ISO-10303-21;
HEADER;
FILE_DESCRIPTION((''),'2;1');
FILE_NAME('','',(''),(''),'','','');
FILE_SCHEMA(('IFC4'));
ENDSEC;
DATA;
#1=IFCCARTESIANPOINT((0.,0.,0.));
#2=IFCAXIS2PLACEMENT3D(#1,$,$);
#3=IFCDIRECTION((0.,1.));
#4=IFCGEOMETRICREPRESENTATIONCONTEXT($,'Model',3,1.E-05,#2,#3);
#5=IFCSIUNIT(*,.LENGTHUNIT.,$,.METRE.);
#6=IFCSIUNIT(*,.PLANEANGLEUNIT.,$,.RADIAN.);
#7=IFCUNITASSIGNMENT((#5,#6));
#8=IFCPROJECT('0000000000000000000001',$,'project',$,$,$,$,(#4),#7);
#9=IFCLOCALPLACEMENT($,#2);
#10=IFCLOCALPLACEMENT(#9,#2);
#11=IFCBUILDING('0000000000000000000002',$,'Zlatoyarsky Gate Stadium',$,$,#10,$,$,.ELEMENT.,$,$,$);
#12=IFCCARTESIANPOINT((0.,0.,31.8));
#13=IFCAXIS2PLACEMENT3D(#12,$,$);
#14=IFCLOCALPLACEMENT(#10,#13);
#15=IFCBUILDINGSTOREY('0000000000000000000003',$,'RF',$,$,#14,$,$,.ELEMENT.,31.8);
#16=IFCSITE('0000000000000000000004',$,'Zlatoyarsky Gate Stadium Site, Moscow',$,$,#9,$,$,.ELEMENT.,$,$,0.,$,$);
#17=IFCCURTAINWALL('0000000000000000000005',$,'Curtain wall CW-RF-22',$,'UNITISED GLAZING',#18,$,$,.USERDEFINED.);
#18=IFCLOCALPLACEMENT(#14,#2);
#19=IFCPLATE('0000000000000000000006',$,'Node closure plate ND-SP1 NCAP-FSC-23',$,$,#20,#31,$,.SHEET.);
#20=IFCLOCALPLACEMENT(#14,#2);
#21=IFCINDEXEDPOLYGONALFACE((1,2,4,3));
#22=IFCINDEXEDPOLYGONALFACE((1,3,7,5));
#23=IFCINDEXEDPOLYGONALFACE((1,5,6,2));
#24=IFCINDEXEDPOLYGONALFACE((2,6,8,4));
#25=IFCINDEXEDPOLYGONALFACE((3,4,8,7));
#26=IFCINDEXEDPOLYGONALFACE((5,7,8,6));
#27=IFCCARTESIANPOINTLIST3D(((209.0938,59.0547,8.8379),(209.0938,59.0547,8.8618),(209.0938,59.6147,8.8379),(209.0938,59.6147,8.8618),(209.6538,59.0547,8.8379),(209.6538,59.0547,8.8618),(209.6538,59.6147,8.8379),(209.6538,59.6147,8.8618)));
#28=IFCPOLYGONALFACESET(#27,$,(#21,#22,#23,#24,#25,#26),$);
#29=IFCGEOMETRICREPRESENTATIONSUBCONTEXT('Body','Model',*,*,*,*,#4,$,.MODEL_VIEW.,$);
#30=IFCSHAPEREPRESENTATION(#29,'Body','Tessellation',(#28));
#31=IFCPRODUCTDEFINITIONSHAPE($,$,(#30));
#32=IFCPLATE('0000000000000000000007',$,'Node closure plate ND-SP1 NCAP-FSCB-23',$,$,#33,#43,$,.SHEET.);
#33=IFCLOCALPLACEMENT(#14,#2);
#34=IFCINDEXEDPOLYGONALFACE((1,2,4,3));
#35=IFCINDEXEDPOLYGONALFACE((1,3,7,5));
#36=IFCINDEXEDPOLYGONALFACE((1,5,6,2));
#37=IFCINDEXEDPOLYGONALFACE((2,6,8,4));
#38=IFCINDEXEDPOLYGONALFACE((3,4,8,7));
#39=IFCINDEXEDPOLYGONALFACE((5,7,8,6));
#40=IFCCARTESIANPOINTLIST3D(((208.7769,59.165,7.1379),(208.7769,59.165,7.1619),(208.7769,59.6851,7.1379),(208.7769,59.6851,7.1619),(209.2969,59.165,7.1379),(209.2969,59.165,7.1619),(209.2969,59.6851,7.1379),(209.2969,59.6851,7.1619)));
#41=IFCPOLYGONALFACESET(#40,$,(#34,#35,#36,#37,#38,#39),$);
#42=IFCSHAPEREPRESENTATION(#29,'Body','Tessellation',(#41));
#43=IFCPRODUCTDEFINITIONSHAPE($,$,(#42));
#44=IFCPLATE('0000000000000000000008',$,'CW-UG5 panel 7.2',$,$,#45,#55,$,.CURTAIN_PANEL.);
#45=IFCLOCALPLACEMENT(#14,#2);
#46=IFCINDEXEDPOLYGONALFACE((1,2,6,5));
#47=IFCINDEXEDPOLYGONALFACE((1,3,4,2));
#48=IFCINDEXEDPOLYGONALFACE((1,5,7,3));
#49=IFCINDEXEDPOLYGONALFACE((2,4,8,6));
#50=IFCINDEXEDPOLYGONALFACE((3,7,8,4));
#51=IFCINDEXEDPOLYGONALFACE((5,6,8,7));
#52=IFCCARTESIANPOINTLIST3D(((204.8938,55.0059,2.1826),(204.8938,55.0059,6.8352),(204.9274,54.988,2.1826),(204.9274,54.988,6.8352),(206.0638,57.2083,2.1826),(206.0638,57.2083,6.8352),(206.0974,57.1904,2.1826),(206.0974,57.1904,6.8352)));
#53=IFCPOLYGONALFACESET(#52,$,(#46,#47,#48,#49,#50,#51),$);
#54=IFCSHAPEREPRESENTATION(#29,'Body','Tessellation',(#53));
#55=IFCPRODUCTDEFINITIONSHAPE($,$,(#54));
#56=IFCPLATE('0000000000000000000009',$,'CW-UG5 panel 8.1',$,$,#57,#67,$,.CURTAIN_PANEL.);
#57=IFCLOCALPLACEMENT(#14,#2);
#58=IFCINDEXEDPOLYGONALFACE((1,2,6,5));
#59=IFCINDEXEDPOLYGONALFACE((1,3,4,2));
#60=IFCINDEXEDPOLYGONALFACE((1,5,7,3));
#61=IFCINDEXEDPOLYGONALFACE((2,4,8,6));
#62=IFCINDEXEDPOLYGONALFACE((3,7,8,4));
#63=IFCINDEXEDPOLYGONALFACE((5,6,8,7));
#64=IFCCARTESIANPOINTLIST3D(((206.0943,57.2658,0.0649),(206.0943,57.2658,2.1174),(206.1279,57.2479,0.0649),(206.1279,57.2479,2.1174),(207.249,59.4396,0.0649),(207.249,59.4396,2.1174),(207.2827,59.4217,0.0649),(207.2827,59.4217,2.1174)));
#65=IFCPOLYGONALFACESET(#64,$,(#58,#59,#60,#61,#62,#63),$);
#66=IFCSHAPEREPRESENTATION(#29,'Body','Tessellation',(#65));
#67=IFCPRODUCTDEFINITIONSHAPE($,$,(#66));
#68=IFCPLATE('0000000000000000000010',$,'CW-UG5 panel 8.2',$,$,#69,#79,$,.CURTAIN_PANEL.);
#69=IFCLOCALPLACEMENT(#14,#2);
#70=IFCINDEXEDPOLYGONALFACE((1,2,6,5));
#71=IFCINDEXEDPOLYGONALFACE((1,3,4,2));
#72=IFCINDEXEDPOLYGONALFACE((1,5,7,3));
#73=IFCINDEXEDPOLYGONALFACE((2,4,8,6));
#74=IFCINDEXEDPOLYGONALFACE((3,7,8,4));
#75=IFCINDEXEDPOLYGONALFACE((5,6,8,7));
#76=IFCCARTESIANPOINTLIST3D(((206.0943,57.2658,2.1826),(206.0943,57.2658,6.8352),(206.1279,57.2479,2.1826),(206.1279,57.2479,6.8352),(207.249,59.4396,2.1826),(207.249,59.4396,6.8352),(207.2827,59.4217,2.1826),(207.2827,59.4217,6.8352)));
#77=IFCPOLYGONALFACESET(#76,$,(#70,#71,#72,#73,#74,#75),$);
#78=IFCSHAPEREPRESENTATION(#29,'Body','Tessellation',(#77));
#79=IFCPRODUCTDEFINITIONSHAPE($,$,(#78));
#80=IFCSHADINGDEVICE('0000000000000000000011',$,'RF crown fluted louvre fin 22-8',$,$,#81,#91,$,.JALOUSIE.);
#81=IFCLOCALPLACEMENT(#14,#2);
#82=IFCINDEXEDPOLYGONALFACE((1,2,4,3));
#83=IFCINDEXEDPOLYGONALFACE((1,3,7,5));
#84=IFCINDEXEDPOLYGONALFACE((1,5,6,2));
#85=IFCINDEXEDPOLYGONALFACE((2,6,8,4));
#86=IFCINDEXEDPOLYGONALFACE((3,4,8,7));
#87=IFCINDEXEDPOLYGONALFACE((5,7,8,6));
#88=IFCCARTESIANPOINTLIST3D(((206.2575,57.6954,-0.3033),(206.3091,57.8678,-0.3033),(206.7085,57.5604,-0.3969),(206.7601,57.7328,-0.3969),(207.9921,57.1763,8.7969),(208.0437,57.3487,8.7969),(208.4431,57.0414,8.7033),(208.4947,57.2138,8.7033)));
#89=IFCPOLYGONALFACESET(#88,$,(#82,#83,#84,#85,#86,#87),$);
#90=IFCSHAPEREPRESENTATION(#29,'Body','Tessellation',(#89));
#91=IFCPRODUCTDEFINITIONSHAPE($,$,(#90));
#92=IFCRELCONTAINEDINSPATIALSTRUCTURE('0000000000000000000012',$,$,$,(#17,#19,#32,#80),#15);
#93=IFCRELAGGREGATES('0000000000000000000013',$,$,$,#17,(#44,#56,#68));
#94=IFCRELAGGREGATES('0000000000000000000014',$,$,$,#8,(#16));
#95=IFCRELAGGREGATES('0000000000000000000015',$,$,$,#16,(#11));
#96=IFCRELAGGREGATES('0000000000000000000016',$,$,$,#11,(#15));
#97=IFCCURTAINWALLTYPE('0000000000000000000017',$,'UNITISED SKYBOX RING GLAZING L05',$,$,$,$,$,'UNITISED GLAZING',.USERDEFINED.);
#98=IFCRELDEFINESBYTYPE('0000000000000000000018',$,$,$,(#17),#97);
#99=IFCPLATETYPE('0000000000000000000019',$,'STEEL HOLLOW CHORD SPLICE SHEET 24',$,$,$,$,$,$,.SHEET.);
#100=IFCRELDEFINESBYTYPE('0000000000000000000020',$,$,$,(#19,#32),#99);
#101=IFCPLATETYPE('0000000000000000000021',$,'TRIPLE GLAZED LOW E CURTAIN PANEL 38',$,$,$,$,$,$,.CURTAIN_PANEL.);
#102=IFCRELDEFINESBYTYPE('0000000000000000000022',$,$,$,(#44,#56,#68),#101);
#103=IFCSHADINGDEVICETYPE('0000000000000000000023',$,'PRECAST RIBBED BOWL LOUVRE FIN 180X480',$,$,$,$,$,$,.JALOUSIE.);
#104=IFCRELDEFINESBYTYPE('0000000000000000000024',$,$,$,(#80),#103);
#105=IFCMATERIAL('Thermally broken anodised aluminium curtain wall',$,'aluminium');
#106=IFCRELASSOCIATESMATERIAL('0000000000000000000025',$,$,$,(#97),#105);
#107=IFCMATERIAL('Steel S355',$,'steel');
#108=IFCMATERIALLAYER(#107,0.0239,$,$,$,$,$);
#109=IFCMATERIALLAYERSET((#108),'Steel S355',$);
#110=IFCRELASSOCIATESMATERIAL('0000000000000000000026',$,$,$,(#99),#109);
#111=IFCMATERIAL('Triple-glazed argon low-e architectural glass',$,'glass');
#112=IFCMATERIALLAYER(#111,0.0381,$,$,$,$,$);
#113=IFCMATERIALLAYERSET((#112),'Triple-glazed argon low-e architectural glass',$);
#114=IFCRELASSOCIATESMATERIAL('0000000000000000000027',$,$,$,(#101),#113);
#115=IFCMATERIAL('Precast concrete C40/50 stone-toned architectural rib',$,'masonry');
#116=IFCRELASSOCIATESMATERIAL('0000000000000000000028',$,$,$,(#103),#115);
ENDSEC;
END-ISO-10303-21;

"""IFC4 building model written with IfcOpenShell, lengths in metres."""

from ifc_helpers import new_model, si_unit, direction, frame, origin, origin_2d, place, context, subcontext, project, spatial, rectangle, extrude, material, layer, layer_set, material_profile, profile_set, type_object, element, aggregate, save


model = new_model("IFC4")

# Units and contexts
model_context = context("Model", 3, precision=1e-05, world=origin(), true_north=direction((0.0, 1.0)))
body_context = subcontext(model_context, "Body", "Model", "MODEL_VIEW")
ifc_project = project(units=[si_unit("LENGTHUNIT", "METRE"), si_unit("PLANEANGLEUNIT", "RADIAN")], contexts=[model_context])

# Site, building, storey
site_placement = place(None, origin())
site = spatial("IfcSite", under=ifc_project, at=site_placement, Name="Zlatoyarsky Gate Stadium Site, Moscow", CompositionType="ELEMENT", RefElevation=0.0)
building_placement = place(site_placement, origin())
building = spatial("IfcBuilding", under=site, at=building_placement, Name="Zlatoyarsky Gate Stadium", CompositionType="ELEMENT")
storey_placement = place(building_placement, frame((0.0, 0.0, 31.8)))
storey = spatial("IfcBuildingStorey", under=building, at=storey_placement, Name="RF", CompositionType="ELEMENT", Elevation=31.8)

# Curtain wall
ifc_material_1 = material(Name="Thermally broken anodised aluminium curtain wall", Category="aluminium")
curtain_wall_type = type_object("IfcCurtainWallType", Name="UNITISED SKYBOX RING GLAZING L05", ElementType="UNITISED GLAZING", PredefinedType="USERDEFINED", material=ifc_material_1)
curtain_wall_placement = place(storey_placement, origin())
curtain_wall = element("IfcCurtainWall", 1, at=curtain_wall_placement, inside=storey, type_object=curtain_wall_type, Name="Curtain wall CW-RF-22", ObjectType="UNITISED GLAZING", PredefinedType="USERDEFINED")

# Shared definitions
ifc_material_2 = material(Name="Steel S355", Category="steel")

# Plates
ifc_layer_1 = layer(ifc_material_2, 0.0239)
ifc_layer_set_1 = layer_set([ifc_layer_1], Name="Steel S355")
plate_type_1 = type_object("IfcPlateType", Name="STEEL HOLLOW CHORD SPLICE SHEET 24", PredefinedType="SHEET", material=ifc_layer_set_1)
plate_1_placement = place(storey_placement, frame((209.3738, 59.3347, 8.8379), z_axis=(0.0, 0.0, 1.0), x_axis=(1.0, 0.0, 0.0)))
element("IfcPlate", 2, at=plate_1_placement, inside=storey, type_object=plate_type_1, Name="Node closure plate ND-SP1 NCAP-FSC-23", PredefinedType="SHEET", context=body_context, shape_type="SweptSolid", body=[
    extrude(rectangle(XDim=0.5601, YDim=0.5601, at=origin_2d()), origin(), (0.0, 0.0, 1.0), 0.0239),
])
plate_2_placement = place(storey_placement, frame((209.0369, 59.425, 7.1379), z_axis=(0.0, 0.0, 1.0), x_axis=(1.0, 0.0, 0.0)))
element("IfcPlate", 3, at=plate_2_placement, inside=storey, type_object=plate_type_1, Name="Node closure plate ND-SP1 NCAP-FSCB-23", PredefinedType="SHEET", context=body_context, shape_type="SweptSolid", body=[
    extrude(rectangle(XDim=0.52, YDim=0.52, at=origin_2d()), origin(), (0.0, 0.0, 1.0), 0.0239),
])

# Plates
ifc_material_3 = material(Name="Triple-glazed argon low-e architectural glass", Category="glass")
ifc_layer_2 = layer(ifc_material_3, 0.0381)
ifc_layer_set_2 = layer_set([ifc_layer_2], Name="Triple-glazed argon low-e architectural glass")
plate_type_2 = type_object("IfcPlateType", Name="TRIPLE GLAZED LOW E CURTAIN PANEL 38", PredefinedType="CURTAIN_PANEL", material=ifc_layer_set_2)
plate_3_placement = place(storey_placement, frame((205.4956, 56.0981, 2.1826), z_axis=(0.0, 0.0, 1.0), x_axis=(0.469127, 0.883131, 0.0)))
plate_3 = element("IfcPlate", 4, at=plate_3_placement, type_object=plate_type_2, Name="CW-UG5 panel 7.2", PredefinedType="CURTAIN_PANEL", context=body_context, shape_type="SweptSolid", body=[
    extrude(rectangle(XDim=2.4939, YDim=0.0381, at=origin_2d()), origin(), (0.0, 0.0, 1.0), 4.6526),
])
plate_4_placement = place(storey_placement, frame((206.6885, 58.3438, 0.0649), z_axis=(0.0, 0.0, 1.0), x_axis=(0.469127, 0.883131, 0.0)))
plate_4 = element("IfcPlate", 5, at=plate_4_placement, type_object=plate_type_2, Name="CW-UG5 panel 8.1", PredefinedType="CURTAIN_PANEL", context=body_context, shape_type="SweptSolid", body=[
    extrude(rectangle(XDim=2.4614, YDim=0.0381, at=origin_2d()), origin(), (0.0, 0.0, 1.0), 2.0525),
])
plate_5_placement = place(storey_placement, frame((206.6885, 58.3438, 2.1826), z_axis=(0.0, 0.0, 1.0), x_axis=(0.469127, 0.883131, 0.0)))
plate_5 = element("IfcPlate", 6, at=plate_5_placement, type_object=plate_type_2, Name="CW-UG5 panel 8.2", PredefinedType="CURTAIN_PANEL", context=body_context, shape_type="SweptSolid", body=[
    extrude(rectangle(XDim=2.4614, YDim=0.0381, at=origin_2d()), origin(), (0.0, 0.0, 1.0), 4.6526),
])
aggregate(curtain_wall, [plate_3, plate_4, plate_5])

# Shading device
ifc_material_4 = material(Name="Precast concrete C40/50 stone-toned architectural rib", Category="masonry")
ifc_material_profile_1 = material_profile(ifc_material_4, rectangle(XDim=0.1799, YDim=0.48, at=origin_2d()), Name="RIB 180X480")
ifc_profile_set_1 = profile_set([ifc_material_profile_1], Name="Precast concrete C40/50 stone-toned architectural rib")
shading_device_type = type_object("IfcShadingDeviceType", Name="PRECAST RIBBED BOWL LOUVRE FIN 180X480", PredefinedType="JALOUSIE", material=ifc_profile_set_1)
shading_device_placement = place(storey_placement, frame((206.5088, 57.7141, -0.3501), z_axis=(0.186951, -0.055941, 0.980775), x_axis=(0.286667, 0.95803, 0.0)))
element("IfcShadingDevice", 7, at=shading_device_placement, inside=storey, type_object=shading_device_type, Name="RF crown fluted louvre fin 22-8", PredefinedType="JALOUSIE", context=body_context, shape_type="SweptSolid", body=[
    extrude(rectangle(XDim=0.1799, YDim=0.48, at=origin_2d()), origin(), (0.0, 0.0, 1.0), 9.2786),
])

save(model, "model.ifc")
